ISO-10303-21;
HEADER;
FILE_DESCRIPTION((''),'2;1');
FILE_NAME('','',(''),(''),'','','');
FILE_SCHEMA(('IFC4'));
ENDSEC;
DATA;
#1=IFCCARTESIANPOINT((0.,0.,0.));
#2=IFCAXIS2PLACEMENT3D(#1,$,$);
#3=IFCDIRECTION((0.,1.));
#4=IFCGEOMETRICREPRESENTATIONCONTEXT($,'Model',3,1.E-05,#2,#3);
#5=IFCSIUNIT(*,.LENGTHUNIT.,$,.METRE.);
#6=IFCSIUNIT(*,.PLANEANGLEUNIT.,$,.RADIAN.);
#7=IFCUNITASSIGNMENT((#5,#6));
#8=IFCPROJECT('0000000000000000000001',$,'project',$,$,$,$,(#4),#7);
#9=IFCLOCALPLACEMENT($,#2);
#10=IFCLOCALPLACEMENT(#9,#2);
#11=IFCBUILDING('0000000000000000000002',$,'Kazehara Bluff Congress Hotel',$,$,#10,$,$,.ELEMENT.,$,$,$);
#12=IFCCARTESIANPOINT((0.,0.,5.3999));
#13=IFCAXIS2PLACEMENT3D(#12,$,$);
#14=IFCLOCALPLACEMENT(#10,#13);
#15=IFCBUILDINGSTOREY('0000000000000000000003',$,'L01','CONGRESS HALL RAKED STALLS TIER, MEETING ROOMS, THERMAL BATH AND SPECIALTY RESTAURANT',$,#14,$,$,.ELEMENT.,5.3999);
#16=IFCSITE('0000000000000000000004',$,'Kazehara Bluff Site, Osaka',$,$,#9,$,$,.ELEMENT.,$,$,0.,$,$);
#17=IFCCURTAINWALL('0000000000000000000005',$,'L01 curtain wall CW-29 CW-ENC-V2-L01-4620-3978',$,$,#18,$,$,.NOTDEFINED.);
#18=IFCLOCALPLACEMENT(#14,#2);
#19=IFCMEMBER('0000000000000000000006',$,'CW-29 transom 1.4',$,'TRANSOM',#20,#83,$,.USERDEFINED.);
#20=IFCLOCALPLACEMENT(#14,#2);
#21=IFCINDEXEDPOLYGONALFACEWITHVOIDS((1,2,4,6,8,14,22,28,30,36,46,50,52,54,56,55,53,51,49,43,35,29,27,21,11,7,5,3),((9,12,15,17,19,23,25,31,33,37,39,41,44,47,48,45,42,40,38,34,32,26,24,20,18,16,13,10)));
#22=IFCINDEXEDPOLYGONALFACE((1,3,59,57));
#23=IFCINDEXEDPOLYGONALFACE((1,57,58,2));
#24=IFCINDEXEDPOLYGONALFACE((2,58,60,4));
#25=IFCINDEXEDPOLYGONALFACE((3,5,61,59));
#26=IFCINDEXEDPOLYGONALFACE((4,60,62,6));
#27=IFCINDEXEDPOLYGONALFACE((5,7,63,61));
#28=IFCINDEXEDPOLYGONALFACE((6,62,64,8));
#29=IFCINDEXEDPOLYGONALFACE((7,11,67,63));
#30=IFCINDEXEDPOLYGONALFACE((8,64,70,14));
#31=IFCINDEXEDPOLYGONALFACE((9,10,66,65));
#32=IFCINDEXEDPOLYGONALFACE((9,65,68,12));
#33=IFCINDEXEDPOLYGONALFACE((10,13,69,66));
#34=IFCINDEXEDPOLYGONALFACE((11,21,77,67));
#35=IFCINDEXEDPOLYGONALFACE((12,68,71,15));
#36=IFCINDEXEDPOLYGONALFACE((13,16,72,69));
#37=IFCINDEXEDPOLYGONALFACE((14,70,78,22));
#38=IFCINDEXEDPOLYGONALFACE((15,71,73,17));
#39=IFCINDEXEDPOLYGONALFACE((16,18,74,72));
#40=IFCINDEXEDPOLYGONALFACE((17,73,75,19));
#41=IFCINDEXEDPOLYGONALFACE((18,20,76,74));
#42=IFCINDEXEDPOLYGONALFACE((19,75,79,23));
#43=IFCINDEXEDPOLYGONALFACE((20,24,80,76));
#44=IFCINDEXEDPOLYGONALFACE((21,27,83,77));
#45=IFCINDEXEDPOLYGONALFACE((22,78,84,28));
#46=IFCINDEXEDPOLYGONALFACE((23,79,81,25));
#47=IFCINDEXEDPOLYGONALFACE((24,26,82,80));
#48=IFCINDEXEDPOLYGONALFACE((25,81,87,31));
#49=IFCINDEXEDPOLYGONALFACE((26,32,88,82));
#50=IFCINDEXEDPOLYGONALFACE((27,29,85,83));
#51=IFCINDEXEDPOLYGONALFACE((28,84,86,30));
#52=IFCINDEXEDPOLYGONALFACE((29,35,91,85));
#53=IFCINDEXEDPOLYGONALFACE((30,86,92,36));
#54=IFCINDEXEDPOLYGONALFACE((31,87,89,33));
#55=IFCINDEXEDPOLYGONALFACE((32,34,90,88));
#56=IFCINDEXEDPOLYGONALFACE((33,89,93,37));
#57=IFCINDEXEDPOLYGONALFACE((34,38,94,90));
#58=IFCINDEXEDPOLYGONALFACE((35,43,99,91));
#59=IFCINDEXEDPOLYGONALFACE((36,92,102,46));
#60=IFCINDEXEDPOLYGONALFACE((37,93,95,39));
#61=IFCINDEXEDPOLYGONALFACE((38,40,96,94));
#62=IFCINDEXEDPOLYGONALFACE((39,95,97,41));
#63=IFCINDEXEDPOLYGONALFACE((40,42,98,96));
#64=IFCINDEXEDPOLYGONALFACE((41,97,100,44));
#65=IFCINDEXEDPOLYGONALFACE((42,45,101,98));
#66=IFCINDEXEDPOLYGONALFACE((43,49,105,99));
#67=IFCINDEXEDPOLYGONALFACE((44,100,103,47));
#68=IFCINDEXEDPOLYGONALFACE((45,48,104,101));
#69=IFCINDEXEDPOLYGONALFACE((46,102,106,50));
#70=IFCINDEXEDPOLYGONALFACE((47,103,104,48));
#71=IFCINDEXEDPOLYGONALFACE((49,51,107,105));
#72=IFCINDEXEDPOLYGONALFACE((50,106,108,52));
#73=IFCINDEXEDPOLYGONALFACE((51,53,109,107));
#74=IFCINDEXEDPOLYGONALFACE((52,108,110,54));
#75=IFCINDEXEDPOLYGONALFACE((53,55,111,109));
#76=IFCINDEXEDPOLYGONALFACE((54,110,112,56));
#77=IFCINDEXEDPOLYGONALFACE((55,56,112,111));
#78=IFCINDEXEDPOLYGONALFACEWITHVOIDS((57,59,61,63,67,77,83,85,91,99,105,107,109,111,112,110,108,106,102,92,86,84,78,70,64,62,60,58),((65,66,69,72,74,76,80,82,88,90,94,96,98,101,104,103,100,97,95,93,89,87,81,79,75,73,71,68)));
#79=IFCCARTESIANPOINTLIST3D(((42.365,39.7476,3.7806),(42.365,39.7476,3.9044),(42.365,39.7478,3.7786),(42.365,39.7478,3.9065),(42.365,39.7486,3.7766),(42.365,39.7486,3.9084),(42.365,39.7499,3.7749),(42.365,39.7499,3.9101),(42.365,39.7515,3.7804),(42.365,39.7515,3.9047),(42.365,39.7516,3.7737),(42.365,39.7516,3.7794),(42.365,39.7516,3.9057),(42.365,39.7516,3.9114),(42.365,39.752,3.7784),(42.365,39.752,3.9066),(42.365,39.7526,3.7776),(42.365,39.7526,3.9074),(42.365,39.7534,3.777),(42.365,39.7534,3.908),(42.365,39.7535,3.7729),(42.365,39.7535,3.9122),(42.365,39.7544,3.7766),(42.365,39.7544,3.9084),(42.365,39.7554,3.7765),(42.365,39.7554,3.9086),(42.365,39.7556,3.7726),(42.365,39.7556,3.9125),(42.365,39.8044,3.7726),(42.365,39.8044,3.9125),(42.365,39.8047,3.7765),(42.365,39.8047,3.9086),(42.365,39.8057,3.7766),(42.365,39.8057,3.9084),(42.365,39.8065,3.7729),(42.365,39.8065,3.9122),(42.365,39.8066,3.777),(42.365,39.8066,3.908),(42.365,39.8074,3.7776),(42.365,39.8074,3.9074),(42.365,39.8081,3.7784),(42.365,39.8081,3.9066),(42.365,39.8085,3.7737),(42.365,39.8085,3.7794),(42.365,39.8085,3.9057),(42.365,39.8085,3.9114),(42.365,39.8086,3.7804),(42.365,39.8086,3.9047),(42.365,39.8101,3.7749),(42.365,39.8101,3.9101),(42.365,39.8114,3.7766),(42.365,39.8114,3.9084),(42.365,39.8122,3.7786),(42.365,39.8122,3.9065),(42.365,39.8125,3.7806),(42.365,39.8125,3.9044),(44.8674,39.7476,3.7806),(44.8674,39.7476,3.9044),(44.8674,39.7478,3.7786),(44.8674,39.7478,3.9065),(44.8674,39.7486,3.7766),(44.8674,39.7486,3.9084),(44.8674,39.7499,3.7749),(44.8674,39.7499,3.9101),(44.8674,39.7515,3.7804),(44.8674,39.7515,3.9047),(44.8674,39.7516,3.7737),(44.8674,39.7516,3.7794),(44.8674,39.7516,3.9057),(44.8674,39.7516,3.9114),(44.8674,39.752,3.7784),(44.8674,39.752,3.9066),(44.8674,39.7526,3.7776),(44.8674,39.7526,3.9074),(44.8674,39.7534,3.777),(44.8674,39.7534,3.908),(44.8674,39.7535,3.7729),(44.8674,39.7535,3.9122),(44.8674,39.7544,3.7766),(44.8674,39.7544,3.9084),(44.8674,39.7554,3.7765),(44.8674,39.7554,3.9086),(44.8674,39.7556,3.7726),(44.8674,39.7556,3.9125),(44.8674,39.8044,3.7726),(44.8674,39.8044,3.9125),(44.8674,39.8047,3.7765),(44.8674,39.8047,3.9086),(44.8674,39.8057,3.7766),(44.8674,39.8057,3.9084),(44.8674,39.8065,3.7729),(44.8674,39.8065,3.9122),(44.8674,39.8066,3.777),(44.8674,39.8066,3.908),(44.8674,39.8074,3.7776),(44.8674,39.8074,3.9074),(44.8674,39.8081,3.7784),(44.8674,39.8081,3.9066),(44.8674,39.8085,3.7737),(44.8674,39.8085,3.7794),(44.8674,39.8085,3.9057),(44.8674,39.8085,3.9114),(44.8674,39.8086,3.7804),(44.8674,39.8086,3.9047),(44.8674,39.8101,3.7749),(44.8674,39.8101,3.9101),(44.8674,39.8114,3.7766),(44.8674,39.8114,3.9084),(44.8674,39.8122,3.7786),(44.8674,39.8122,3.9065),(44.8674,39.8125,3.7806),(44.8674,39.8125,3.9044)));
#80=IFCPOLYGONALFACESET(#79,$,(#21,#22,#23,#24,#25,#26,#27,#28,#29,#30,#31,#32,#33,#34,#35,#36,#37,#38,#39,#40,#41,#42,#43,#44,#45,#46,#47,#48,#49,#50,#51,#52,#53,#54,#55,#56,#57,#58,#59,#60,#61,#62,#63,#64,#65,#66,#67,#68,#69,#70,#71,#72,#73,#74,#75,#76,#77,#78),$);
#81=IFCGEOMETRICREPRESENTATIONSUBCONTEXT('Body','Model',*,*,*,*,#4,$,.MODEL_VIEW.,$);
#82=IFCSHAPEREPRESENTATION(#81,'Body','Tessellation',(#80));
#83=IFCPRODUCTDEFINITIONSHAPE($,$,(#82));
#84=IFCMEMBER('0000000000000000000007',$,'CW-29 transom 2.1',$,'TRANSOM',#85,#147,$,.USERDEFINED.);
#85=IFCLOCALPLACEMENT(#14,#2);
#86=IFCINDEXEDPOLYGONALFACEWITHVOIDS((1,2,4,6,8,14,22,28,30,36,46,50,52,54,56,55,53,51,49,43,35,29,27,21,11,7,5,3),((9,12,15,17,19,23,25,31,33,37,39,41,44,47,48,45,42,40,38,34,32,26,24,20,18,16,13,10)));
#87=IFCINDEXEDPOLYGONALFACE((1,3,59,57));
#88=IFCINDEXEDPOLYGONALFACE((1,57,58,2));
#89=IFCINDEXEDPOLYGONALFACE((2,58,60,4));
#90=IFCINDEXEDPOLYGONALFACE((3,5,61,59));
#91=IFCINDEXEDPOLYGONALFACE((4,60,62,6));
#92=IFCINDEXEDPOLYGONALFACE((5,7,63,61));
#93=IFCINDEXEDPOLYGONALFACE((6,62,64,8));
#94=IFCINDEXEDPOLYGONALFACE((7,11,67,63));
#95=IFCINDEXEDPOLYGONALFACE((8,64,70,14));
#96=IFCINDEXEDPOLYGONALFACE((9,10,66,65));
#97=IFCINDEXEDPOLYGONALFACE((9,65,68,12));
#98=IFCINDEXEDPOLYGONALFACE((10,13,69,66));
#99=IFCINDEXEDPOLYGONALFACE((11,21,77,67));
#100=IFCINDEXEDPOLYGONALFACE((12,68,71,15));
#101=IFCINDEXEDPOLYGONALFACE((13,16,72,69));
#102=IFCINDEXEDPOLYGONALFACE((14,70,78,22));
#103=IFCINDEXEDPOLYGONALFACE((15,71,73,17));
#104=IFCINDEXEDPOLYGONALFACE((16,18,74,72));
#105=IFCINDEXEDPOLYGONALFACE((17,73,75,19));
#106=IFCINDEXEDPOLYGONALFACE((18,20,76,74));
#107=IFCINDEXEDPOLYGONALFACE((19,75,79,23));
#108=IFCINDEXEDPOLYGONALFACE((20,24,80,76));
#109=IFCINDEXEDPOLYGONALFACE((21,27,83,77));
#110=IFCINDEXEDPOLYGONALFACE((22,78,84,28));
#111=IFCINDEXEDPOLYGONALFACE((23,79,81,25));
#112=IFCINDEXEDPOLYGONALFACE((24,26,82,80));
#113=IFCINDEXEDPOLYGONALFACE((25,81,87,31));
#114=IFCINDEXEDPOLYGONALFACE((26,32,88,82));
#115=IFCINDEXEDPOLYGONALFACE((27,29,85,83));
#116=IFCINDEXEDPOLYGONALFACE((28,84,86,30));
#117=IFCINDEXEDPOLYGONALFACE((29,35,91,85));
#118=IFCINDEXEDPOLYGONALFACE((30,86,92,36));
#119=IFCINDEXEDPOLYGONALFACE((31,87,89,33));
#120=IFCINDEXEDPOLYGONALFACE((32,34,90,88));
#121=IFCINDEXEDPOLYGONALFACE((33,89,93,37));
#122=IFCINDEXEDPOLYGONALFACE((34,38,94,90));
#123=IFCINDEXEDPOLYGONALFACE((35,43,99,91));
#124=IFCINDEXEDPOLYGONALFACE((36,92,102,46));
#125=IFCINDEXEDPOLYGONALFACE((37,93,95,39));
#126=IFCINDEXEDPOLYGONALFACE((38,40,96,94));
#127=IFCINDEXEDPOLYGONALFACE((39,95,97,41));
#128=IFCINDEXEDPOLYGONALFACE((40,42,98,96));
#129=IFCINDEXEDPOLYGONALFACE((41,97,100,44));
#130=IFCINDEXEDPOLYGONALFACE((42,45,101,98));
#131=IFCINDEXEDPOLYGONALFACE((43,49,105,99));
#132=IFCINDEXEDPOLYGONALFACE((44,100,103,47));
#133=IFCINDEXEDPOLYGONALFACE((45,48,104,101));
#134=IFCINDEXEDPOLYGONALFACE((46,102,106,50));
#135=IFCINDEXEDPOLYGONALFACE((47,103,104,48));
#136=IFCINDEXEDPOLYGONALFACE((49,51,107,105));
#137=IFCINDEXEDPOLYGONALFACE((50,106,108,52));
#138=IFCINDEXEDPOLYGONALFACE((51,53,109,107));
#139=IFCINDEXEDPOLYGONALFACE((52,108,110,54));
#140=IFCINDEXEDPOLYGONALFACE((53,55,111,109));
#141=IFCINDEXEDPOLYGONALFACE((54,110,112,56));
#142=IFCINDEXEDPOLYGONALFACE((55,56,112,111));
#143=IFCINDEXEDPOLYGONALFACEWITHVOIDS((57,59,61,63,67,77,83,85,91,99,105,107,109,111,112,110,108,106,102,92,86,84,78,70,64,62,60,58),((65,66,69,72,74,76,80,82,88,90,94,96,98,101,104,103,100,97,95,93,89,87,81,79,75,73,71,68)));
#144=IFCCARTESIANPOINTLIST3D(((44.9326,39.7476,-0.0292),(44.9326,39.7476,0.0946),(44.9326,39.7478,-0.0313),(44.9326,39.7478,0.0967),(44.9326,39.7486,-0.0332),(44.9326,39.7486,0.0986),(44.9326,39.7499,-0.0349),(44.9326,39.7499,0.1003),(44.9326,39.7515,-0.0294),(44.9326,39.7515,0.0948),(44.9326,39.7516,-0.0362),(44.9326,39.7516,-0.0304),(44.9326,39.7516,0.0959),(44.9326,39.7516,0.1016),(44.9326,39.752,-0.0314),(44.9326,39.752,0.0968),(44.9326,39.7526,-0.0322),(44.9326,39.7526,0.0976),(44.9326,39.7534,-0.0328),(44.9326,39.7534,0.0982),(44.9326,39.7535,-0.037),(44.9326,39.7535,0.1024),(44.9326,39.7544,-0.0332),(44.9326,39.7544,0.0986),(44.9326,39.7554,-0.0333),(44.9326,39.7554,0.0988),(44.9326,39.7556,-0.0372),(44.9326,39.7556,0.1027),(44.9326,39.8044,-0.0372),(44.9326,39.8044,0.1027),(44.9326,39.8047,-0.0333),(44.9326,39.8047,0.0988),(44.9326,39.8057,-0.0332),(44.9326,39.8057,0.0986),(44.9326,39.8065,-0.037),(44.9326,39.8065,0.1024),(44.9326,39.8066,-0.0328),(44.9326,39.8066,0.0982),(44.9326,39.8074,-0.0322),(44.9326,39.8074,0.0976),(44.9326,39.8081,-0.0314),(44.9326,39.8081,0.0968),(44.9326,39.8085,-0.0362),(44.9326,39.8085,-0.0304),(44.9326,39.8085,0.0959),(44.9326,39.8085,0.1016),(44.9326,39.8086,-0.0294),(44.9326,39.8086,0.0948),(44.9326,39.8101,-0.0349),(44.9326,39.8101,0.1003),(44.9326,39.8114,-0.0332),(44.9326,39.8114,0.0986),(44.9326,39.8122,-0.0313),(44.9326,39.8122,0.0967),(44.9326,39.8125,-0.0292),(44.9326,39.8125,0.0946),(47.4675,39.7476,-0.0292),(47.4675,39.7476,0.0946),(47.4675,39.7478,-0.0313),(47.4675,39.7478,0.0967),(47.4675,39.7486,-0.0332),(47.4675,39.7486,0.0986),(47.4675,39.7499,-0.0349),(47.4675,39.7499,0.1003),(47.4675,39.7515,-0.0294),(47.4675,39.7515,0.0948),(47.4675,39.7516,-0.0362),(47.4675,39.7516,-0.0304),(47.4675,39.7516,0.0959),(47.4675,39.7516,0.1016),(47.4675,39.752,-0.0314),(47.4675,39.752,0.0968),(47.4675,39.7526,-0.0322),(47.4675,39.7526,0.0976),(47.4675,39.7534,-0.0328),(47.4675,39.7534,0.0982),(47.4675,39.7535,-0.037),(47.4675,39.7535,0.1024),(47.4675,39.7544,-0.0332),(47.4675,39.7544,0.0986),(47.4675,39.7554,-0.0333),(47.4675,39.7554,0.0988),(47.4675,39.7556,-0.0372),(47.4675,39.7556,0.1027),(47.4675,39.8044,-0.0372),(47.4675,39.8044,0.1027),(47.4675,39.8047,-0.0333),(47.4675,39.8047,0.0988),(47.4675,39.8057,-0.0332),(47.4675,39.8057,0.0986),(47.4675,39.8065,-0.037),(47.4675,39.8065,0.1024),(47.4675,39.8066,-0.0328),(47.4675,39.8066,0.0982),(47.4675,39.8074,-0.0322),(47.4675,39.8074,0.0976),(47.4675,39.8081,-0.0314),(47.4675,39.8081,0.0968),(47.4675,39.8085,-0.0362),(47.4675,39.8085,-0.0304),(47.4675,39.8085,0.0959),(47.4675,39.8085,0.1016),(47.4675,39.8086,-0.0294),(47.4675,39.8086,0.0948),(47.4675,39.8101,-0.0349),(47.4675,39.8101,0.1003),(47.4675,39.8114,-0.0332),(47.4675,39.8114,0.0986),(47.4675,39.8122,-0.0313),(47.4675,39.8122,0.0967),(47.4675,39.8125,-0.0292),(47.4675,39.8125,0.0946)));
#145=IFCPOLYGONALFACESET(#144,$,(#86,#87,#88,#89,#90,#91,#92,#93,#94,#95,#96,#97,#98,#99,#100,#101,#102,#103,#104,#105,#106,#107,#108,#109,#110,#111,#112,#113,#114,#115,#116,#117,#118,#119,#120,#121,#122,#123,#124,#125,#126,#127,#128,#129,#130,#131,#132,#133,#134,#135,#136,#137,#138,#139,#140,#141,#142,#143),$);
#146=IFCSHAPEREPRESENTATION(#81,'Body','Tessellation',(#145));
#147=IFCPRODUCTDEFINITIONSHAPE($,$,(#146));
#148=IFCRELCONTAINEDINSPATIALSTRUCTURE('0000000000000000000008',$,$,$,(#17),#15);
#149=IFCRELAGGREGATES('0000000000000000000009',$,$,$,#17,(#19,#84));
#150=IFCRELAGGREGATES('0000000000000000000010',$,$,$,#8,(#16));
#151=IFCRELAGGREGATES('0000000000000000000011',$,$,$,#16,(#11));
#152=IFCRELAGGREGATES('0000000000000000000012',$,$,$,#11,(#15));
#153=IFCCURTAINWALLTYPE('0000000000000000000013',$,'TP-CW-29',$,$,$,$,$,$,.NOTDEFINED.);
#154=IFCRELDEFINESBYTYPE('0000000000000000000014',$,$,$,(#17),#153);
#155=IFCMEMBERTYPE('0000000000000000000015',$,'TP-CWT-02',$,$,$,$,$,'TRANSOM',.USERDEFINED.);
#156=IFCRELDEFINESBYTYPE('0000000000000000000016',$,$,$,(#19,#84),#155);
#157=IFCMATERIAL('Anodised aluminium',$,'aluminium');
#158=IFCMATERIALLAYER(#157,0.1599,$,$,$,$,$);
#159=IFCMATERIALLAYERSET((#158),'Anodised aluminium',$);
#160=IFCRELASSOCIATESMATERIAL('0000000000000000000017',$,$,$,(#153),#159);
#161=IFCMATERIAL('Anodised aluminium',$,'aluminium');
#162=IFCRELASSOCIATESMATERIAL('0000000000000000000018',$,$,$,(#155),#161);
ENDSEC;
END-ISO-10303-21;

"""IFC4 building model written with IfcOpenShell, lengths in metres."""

from ifc_helpers import new_model, si_unit, direction, frame, origin, origin_2d, place, context, subcontext, project, spatial, hollow_rectangle, extrude, material, layer, layer_set, material_profile, profile_set, type_object, element, aggregate, save


model = new_model("IFC4")

# Units and contexts
model_context = context("Model", 3, precision=1e-05, world=origin(), true_north=direction((0.0, 1.0)))
body_context = subcontext(model_context, "Body", "Model", "MODEL_VIEW")
ifc_project = project(units=[si_unit("LENGTHUNIT", "METRE"), si_unit("PLANEANGLEUNIT", "RADIAN")], contexts=[model_context])

# Site, building, storey
site_placement = place(None, origin())
site = spatial("IfcSite", under=ifc_project, at=site_placement, Name="Kazehara Bluff Site, Osaka", CompositionType="ELEMENT", RefElevation=0.0)
building_placement = place(site_placement, origin())
building = spatial("IfcBuilding", under=site, at=building_placement, Name="Kazehara Bluff Congress Hotel", CompositionType="ELEMENT")
storey_placement = place(building_placement, frame((0.0, 0.0, 5.3999)))
storey = spatial("IfcBuildingStorey", under=building, at=storey_placement, Name="L01", Description="CONGRESS HALL RAKED STALLS TIER, MEETING ROOMS, THERMAL BATH AND SPECIALTY RESTAURANT", CompositionType="ELEMENT", Elevation=5.3999)

# Curtain wall
ifc_material_1 = material(Name="Anodised aluminium", Category="aluminium")
ifc_layer_1 = layer(ifc_material_1, 0.1599)
ifc_layer_set_1 = layer_set([ifc_layer_1], Name="Anodised aluminium")
curtain_wall_type = type_object("IfcCurtainWallType", Name="TP-CW-29", PredefinedType="NOTDEFINED", material=ifc_layer_set_1)
curtain_wall_1_placement = place(storey_placement, origin())
curtain_wall_1 = element("IfcCurtainWall", 1, at=curtain_wall_1_placement, inside=storey, type_object=curtain_wall_type, Name="L01 curtain wall CW-29 CW-ENC-V2-L01-4620-3978", PredefinedType="NOTDEFINED")

# Members
ifc_material_2 = material(Name="Anodised aluminium", Category="aluminium")
ifc_material_profile_1 = material_profile(ifc_material_2, hollow_rectangle(XDim=0.0649, YDim=0.1399, WallThickness=0.0039, InnerFilletRadius=0.0039, OuterFilletRadius=0.0081, at=origin_2d()))
ifc_profile_set_1 = profile_set([ifc_material_profile_1], Name="Anodised aluminium")
member_type_1 = type_object("IfcMemberType", Name="TP-CWT-02", ElementType="TRANSOM", PredefinedType="USERDEFINED", material=ifc_profile_set_1)
member_1_placement = place(storey_placement, frame((42.365, 39.78, 3.8425), z_axis=(1.0, 0.0, 0.0), x_axis=(0.0, 1.0, 0.0)))
member_1 = element("IfcMember", 2, at=member_1_placement, type_object=member_type_1, Name="CW-29 transom 1.4", ObjectType="TRANSOM", PredefinedType="USERDEFINED", context=body_context, shape_type="SweptSolid", body=[
    extrude(hollow_rectangle(XDim=0.0649, YDim=0.1399, WallThickness=0.0039, InnerFilletRadius=0.0039, OuterFilletRadius=0.0081, at=origin_2d()), origin(), (0.0, 0.0, 1.0), 2.5024),
])
member_2_placement = place(storey_placement, frame((44.9326, 39.78, 0.0327), z_axis=(1.0, 0.0, 0.0), x_axis=(0.0, 1.0, 0.0)))
member_2 = element("IfcMember", 3, at=member_2_placement, type_object=member_type_1, Name="CW-29 transom 2.1", ObjectType="TRANSOM", PredefinedType="USERDEFINED", context=body_context, shape_type="SweptSolid", body=[
    extrude(hollow_rectangle(XDim=0.0649, YDim=0.1399, WallThickness=0.0039, InnerFilletRadius=0.0039, OuterFilletRadius=0.0081, at=origin_2d()), origin(), (0.0, 0.0, 1.0), 2.5349),
])

aggregate(curtain_wall_1, [member_1, member_2])

save(model, "model.ifc")
